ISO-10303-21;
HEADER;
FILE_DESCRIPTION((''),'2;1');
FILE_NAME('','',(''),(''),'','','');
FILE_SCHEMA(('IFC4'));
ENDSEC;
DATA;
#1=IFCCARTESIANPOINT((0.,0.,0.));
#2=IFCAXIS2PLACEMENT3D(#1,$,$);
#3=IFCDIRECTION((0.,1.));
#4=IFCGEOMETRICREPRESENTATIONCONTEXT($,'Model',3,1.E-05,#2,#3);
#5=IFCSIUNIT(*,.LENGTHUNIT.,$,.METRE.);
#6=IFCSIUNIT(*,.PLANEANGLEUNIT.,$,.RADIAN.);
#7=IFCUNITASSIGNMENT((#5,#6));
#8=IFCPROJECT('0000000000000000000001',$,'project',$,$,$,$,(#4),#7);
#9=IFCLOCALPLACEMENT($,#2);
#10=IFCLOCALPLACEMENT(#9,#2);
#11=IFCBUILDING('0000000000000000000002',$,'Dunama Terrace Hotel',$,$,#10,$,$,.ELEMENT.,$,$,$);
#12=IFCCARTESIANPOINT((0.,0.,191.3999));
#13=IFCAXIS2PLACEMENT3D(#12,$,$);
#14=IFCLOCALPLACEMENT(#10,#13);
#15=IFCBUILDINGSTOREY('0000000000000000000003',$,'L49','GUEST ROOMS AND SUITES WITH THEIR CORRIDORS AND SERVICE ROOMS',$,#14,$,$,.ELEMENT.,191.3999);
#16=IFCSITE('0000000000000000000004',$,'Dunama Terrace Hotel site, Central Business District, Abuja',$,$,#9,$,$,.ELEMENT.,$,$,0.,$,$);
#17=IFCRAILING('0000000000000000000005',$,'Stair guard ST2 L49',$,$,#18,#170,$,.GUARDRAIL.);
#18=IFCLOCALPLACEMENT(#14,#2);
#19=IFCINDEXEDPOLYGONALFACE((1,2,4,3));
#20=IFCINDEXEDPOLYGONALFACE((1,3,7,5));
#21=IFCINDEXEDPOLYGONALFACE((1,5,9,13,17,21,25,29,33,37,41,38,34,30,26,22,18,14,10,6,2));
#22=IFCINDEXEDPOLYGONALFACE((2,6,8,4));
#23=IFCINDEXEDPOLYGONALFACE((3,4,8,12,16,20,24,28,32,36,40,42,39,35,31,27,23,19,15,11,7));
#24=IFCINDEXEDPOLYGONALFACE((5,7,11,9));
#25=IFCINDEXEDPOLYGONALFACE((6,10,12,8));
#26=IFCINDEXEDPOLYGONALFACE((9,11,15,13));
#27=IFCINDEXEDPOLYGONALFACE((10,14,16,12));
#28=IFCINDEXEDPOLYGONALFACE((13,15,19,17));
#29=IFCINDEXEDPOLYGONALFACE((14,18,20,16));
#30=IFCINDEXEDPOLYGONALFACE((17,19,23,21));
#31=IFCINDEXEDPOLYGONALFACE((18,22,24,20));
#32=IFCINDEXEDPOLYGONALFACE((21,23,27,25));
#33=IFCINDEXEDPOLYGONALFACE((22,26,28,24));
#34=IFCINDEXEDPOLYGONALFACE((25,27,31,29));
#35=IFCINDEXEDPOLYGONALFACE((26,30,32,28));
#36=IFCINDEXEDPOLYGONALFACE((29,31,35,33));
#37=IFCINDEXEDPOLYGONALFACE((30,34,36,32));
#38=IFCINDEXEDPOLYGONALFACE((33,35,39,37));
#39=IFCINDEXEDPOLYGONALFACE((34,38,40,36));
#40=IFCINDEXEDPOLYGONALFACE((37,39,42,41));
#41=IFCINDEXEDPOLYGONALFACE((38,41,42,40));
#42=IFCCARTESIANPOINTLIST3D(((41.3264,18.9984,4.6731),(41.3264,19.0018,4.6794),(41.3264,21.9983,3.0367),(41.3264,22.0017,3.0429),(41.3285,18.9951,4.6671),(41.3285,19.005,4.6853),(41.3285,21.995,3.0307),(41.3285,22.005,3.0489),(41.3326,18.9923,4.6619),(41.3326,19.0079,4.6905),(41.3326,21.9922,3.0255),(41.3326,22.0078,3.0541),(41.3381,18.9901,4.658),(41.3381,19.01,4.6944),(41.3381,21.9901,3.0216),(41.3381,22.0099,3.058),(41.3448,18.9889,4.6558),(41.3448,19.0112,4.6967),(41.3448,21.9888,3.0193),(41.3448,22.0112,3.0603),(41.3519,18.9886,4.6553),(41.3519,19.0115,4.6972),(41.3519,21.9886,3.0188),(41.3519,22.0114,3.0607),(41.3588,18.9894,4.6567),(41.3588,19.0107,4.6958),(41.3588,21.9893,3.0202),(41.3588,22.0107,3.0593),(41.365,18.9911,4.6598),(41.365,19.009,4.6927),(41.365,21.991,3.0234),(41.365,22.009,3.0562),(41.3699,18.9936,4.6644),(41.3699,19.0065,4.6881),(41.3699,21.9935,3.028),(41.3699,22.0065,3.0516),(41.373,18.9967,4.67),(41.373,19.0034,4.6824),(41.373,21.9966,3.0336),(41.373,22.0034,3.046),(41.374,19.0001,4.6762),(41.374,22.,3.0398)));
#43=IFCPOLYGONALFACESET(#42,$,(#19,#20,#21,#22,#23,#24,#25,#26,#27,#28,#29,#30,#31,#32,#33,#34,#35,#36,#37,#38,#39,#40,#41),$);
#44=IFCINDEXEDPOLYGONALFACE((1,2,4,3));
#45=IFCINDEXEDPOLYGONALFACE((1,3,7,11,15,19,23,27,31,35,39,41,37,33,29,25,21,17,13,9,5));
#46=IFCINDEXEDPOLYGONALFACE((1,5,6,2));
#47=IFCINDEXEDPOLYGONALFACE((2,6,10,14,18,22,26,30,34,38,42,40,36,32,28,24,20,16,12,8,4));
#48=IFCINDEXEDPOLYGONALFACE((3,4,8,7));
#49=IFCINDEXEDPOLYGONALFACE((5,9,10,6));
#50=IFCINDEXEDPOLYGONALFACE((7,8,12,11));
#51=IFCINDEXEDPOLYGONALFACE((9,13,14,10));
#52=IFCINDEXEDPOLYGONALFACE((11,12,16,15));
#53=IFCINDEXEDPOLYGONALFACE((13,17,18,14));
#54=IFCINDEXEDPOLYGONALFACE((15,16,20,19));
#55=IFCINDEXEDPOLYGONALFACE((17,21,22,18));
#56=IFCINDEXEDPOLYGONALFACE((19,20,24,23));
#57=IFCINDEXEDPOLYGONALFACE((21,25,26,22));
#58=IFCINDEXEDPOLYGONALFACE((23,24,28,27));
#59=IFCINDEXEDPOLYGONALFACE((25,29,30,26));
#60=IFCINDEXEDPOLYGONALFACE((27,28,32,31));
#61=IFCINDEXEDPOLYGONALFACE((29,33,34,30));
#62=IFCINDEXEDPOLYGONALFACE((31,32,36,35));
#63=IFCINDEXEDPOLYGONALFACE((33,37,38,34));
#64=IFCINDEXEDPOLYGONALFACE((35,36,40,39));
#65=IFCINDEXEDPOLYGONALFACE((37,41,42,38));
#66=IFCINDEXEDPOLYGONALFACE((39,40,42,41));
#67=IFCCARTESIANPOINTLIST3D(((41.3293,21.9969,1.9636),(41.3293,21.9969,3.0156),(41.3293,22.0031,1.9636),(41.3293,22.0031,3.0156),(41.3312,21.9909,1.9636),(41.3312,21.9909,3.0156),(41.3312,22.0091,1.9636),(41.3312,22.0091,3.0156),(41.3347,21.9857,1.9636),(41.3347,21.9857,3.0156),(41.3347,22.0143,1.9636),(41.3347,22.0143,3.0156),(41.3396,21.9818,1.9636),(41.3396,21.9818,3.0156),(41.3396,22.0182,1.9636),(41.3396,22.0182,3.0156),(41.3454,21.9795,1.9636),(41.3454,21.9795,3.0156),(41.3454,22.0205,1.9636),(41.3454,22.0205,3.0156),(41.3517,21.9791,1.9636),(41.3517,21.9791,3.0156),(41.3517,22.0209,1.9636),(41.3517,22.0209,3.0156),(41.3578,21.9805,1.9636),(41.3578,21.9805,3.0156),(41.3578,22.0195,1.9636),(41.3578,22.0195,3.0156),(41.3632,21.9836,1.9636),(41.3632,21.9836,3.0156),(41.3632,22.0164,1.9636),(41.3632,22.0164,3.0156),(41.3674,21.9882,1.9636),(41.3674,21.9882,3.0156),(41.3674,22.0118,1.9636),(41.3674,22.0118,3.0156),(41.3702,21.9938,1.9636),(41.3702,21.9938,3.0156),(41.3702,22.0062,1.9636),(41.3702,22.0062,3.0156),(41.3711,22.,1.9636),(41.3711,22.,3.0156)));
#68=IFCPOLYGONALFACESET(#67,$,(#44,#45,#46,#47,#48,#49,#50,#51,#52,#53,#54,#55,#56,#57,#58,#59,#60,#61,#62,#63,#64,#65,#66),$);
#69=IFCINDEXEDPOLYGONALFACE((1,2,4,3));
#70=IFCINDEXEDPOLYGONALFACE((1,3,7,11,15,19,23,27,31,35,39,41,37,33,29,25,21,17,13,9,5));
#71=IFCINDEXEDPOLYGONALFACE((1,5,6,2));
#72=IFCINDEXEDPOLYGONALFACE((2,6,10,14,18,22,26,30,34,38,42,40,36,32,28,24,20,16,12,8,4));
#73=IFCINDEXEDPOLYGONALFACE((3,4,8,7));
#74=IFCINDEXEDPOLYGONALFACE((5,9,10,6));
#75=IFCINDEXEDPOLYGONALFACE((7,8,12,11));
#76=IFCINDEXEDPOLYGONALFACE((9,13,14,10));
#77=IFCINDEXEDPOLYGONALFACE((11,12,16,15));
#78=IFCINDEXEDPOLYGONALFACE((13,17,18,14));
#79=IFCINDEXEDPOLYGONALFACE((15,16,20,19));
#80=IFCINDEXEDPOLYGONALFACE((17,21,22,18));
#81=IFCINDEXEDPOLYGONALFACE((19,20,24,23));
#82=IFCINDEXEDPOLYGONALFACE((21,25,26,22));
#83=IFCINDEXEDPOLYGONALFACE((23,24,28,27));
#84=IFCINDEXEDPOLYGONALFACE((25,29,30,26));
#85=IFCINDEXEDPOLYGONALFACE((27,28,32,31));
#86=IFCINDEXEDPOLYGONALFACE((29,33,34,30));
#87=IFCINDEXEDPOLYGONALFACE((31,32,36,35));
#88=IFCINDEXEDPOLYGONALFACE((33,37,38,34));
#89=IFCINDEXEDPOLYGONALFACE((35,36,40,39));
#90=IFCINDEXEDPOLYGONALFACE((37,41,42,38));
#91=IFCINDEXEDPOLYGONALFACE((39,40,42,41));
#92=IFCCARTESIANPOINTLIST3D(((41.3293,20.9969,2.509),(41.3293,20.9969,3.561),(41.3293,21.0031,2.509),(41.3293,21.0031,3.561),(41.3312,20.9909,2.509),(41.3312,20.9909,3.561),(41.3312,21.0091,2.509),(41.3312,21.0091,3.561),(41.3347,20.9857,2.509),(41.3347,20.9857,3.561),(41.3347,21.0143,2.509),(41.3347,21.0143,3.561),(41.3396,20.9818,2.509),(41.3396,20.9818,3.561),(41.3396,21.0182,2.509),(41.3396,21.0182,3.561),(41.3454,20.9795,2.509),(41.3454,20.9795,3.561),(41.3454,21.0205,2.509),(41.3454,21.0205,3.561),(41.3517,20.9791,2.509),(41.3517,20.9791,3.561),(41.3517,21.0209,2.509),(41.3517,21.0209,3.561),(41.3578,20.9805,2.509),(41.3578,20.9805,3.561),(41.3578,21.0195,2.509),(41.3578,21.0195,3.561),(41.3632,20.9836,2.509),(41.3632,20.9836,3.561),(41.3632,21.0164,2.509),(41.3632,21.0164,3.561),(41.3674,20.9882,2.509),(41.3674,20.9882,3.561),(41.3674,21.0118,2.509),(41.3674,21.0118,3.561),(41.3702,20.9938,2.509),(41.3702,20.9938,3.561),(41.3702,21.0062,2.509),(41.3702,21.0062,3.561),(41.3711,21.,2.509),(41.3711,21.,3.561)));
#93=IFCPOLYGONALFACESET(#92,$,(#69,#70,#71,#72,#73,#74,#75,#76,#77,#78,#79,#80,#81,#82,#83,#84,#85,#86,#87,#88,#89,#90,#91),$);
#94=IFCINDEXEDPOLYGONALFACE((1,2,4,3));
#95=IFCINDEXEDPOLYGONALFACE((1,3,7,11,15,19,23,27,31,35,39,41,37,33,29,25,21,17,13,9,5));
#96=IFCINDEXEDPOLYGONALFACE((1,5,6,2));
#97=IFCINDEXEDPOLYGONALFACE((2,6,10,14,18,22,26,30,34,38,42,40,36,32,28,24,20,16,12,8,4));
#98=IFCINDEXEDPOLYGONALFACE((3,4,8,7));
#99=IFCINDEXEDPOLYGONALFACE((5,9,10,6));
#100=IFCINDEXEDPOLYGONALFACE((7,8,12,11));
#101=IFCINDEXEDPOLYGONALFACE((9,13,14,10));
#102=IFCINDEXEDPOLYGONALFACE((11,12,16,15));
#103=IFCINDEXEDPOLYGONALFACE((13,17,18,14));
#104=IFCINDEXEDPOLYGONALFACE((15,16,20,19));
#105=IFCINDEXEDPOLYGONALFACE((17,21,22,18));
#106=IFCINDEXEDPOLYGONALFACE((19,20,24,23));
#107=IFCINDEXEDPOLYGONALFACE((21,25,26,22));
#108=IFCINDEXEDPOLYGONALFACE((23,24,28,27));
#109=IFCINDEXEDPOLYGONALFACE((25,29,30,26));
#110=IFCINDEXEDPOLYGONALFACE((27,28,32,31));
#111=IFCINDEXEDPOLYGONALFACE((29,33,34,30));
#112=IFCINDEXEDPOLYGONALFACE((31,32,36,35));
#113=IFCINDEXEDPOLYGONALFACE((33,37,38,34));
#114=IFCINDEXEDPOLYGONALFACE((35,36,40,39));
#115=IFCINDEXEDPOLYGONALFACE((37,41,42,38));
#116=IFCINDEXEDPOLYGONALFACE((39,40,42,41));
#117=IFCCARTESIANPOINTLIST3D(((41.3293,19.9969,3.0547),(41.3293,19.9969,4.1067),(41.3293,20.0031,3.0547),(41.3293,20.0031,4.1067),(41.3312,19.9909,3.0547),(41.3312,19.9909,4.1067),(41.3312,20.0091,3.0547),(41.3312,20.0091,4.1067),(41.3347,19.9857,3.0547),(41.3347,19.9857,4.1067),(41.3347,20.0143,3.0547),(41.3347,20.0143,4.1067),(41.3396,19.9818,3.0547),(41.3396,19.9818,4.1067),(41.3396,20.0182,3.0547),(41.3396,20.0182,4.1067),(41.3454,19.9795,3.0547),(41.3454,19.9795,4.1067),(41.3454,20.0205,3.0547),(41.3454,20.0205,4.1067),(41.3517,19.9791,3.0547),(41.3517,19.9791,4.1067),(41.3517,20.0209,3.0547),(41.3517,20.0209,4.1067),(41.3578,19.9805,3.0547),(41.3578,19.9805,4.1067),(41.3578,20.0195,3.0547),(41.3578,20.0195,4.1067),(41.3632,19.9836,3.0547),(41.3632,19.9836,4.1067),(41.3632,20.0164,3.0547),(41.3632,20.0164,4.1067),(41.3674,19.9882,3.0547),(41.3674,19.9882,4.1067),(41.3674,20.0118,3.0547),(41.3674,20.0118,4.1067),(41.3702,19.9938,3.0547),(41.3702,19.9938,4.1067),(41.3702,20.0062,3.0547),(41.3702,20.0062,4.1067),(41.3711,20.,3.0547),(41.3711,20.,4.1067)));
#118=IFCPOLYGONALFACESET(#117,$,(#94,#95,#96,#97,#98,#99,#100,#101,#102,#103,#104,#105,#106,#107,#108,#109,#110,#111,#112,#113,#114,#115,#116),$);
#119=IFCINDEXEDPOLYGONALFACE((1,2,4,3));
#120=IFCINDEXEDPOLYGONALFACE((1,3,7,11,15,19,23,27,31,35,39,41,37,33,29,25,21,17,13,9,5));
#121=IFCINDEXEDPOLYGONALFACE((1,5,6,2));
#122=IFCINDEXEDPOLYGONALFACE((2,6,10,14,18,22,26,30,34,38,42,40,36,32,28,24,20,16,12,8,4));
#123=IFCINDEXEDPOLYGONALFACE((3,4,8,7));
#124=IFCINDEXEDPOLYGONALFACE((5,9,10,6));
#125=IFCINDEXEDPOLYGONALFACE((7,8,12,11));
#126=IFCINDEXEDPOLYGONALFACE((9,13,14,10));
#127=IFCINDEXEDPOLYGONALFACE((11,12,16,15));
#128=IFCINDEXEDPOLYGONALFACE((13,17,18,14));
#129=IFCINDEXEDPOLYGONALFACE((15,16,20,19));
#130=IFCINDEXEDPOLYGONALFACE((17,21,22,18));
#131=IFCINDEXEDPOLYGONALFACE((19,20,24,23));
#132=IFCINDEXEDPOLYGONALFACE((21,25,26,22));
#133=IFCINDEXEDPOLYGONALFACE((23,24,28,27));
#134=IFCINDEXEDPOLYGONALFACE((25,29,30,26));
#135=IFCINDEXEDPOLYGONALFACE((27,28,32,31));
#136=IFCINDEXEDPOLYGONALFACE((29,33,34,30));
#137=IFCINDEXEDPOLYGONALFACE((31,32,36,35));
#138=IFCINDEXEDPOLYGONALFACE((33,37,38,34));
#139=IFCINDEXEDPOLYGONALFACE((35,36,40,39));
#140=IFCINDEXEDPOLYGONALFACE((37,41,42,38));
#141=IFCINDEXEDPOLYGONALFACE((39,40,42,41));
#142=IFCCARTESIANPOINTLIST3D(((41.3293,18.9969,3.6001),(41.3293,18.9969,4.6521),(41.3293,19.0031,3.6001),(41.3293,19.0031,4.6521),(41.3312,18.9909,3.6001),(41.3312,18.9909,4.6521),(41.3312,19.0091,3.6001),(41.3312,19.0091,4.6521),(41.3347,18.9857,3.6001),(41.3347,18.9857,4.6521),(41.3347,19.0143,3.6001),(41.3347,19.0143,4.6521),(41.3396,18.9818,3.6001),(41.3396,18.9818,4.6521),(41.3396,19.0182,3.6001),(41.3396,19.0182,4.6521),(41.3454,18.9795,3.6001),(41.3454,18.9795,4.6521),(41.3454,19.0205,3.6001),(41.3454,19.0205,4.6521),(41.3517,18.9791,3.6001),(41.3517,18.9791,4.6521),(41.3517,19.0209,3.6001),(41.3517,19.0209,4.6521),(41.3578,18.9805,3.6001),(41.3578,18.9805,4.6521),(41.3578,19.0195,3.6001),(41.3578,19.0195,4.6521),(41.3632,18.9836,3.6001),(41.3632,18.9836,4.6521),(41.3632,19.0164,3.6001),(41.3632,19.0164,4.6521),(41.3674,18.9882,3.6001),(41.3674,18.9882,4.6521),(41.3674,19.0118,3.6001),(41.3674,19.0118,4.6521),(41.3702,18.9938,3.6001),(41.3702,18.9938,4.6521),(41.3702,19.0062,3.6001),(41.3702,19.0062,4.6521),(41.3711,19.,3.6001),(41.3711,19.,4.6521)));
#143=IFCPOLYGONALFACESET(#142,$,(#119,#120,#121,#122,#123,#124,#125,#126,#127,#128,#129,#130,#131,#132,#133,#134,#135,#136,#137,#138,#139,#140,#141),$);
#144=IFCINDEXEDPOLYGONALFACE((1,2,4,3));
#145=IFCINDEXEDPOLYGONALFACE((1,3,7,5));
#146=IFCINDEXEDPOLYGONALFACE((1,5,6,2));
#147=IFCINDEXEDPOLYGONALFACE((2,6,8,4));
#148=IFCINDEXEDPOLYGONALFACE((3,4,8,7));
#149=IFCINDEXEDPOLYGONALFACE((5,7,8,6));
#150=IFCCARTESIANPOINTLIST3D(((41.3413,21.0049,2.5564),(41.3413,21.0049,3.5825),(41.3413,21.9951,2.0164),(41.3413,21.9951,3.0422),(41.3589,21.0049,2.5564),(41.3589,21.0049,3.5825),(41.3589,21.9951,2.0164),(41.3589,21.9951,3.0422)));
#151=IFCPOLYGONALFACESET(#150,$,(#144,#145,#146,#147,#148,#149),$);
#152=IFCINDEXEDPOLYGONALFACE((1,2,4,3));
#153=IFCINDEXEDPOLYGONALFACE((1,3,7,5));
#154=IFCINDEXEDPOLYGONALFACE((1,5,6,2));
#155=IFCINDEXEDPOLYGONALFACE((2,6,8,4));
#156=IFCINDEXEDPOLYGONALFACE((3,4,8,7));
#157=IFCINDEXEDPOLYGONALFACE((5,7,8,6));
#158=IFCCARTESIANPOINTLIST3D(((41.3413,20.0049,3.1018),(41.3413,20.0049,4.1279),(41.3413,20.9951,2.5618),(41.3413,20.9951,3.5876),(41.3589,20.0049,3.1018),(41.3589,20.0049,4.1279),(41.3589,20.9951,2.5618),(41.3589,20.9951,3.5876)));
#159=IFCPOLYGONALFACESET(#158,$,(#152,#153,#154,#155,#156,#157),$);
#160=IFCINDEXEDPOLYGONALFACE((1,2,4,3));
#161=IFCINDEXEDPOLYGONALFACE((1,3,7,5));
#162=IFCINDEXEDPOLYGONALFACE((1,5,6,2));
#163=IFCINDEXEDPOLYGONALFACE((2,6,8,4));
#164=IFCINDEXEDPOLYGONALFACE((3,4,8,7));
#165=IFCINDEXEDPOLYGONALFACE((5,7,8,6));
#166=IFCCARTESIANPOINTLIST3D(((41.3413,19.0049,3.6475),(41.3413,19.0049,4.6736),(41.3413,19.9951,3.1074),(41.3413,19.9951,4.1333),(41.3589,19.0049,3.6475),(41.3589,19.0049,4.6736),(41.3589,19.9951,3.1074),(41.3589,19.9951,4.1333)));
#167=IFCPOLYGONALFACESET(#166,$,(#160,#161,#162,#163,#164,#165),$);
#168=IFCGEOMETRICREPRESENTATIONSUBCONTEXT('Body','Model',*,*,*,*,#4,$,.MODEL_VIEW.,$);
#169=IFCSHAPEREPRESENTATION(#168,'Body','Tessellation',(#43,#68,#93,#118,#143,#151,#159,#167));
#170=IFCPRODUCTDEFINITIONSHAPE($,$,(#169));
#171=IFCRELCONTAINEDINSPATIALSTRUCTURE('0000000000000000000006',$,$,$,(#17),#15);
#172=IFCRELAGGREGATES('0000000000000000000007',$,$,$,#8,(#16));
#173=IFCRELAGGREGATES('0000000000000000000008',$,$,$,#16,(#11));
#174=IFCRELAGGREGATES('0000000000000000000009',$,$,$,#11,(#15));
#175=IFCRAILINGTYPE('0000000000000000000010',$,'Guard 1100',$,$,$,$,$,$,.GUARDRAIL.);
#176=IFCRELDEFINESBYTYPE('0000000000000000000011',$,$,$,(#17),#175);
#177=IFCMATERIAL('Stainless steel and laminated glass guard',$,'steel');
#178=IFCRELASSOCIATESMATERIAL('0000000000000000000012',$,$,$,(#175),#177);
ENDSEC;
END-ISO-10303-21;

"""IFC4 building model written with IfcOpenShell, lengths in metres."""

from ifc_helpers import new_model, si_unit, direction, frame, origin, origin_2d, place, context, subcontext, project, spatial, polyline, circle, outline, extrude, material, type_object, element, save


model = new_model("IFC4")

# Units and contexts
model_context = context("Model", 3, precision=1e-05, world=origin(), true_north=direction((0.0, 1.0)))
body_context = subcontext(model_context, "Body", "Model", "MODEL_VIEW")
ifc_project = project(units=[si_unit("LENGTHUNIT", "METRE"), si_unit("PLANEANGLEUNIT", "RADIAN")], contexts=[model_context])

# Site, building, storey
site_placement = place(None, origin())
site = spatial("IfcSite", under=ifc_project, at=site_placement, Name="Dunama Terrace Hotel site, Central Business District, Abuja", CompositionType="ELEMENT", RefElevation=0.0)
building_placement = place(site_placement, origin())
building = spatial("IfcBuilding", under=site, at=building_placement, Name="Dunama Terrace Hotel", CompositionType="ELEMENT")
storey_placement = place(building_placement, frame((0.0, 0.0, 191.3999)))
storey = spatial("IfcBuildingStorey", under=building, at=storey_placement, Name="L49", Description="GUEST ROOMS AND SUITES WITH THEIR CORRIDORS AND SERVICE ROOMS", CompositionType="ELEMENT", Elevation=191.3999)

# Railing
ifc_material_1 = material(Name="Stainless steel and laminated glass guard", Category="steel")
railing_type = type_object("IfcRailingType", Name="Guard 1100", PredefinedType="GUARDRAIL", material=ifc_material_1)
railing_placement = place(storey_placement, frame((41.3501, 22.0, 1.9636)))
element("IfcRailing", 1, at=railing_placement, inside=storey, type_object=railing_type, Name="Stair guard ST2 L49", PredefinedType="GUARDRAIL", context=body_context, shape_type="SweptSolid", body=[
    extrude(circle(Radius=0.0239, at=origin_2d()), frame((0.0, 0.0, 1.0762), z_axis=(0.0, -0.877882, 0.478877), x_axis=(1.0, 0.0, 0.0)), (0.0, 0.0, 1.0), 3.4172),
    extrude(circle(Radius=0.021, at=origin_2d()), origin(), (0.0, 0.0, 1.0), 1.052),
    extrude(circle(Radius=0.021, at=origin_2d()), frame((0.0, -1.0, 0.5454)), (0.0, 0.0, 1.0), 1.052),
    extrude(circle(Radius=0.021, at=origin_2d()), frame((0.0, -2.0, 1.0911)), (0.0, 0.0, 1.0), 1.052),
    extrude(circle(Radius=0.021, at=origin_2d()), frame((0.0, -3.0, 1.6365)), (0.0, 0.0, 1.0), 1.052),
    extrude(outline(polyline([(0.0049, 0.0527), (0.9951, 0.5928), (0.9951, 1.6189), (0.0049, 1.0786), (0.0049, 0.0527)])), frame((0.0088, 0.0, 0.0), z_axis=(-1.0, 0.0, 0.0), x_axis=(0.0, -1.0, 0.0)), (0.0, 0.0, 1.0), 0.0176),
    extrude(outline(polyline([(0.0049, 0.0527), (0.9951, 0.5928), (0.9951, 1.6189), (0.0049, 1.0786), (0.0049, 0.0527)])), frame((0.0088, -1.0, 0.5454), z_axis=(-1.0, 0.0, 0.0), x_axis=(0.0, -1.0, 0.0)), (0.0, 0.0, 1.0), 0.0176),
    extrude(outline(polyline([(0.0049, 0.0527), (0.9951, 0.5928), (0.9951, 1.6189), (0.0049, 1.0786), (0.0049, 0.0527)])), frame((0.0088, -2.0, 1.0911), z_axis=(-1.0, 0.0, 0.0), x_axis=(0.0, -1.0, 0.0)), (0.0, 0.0, 1.0), 0.0176),
])

save(model, "model.ifc")
